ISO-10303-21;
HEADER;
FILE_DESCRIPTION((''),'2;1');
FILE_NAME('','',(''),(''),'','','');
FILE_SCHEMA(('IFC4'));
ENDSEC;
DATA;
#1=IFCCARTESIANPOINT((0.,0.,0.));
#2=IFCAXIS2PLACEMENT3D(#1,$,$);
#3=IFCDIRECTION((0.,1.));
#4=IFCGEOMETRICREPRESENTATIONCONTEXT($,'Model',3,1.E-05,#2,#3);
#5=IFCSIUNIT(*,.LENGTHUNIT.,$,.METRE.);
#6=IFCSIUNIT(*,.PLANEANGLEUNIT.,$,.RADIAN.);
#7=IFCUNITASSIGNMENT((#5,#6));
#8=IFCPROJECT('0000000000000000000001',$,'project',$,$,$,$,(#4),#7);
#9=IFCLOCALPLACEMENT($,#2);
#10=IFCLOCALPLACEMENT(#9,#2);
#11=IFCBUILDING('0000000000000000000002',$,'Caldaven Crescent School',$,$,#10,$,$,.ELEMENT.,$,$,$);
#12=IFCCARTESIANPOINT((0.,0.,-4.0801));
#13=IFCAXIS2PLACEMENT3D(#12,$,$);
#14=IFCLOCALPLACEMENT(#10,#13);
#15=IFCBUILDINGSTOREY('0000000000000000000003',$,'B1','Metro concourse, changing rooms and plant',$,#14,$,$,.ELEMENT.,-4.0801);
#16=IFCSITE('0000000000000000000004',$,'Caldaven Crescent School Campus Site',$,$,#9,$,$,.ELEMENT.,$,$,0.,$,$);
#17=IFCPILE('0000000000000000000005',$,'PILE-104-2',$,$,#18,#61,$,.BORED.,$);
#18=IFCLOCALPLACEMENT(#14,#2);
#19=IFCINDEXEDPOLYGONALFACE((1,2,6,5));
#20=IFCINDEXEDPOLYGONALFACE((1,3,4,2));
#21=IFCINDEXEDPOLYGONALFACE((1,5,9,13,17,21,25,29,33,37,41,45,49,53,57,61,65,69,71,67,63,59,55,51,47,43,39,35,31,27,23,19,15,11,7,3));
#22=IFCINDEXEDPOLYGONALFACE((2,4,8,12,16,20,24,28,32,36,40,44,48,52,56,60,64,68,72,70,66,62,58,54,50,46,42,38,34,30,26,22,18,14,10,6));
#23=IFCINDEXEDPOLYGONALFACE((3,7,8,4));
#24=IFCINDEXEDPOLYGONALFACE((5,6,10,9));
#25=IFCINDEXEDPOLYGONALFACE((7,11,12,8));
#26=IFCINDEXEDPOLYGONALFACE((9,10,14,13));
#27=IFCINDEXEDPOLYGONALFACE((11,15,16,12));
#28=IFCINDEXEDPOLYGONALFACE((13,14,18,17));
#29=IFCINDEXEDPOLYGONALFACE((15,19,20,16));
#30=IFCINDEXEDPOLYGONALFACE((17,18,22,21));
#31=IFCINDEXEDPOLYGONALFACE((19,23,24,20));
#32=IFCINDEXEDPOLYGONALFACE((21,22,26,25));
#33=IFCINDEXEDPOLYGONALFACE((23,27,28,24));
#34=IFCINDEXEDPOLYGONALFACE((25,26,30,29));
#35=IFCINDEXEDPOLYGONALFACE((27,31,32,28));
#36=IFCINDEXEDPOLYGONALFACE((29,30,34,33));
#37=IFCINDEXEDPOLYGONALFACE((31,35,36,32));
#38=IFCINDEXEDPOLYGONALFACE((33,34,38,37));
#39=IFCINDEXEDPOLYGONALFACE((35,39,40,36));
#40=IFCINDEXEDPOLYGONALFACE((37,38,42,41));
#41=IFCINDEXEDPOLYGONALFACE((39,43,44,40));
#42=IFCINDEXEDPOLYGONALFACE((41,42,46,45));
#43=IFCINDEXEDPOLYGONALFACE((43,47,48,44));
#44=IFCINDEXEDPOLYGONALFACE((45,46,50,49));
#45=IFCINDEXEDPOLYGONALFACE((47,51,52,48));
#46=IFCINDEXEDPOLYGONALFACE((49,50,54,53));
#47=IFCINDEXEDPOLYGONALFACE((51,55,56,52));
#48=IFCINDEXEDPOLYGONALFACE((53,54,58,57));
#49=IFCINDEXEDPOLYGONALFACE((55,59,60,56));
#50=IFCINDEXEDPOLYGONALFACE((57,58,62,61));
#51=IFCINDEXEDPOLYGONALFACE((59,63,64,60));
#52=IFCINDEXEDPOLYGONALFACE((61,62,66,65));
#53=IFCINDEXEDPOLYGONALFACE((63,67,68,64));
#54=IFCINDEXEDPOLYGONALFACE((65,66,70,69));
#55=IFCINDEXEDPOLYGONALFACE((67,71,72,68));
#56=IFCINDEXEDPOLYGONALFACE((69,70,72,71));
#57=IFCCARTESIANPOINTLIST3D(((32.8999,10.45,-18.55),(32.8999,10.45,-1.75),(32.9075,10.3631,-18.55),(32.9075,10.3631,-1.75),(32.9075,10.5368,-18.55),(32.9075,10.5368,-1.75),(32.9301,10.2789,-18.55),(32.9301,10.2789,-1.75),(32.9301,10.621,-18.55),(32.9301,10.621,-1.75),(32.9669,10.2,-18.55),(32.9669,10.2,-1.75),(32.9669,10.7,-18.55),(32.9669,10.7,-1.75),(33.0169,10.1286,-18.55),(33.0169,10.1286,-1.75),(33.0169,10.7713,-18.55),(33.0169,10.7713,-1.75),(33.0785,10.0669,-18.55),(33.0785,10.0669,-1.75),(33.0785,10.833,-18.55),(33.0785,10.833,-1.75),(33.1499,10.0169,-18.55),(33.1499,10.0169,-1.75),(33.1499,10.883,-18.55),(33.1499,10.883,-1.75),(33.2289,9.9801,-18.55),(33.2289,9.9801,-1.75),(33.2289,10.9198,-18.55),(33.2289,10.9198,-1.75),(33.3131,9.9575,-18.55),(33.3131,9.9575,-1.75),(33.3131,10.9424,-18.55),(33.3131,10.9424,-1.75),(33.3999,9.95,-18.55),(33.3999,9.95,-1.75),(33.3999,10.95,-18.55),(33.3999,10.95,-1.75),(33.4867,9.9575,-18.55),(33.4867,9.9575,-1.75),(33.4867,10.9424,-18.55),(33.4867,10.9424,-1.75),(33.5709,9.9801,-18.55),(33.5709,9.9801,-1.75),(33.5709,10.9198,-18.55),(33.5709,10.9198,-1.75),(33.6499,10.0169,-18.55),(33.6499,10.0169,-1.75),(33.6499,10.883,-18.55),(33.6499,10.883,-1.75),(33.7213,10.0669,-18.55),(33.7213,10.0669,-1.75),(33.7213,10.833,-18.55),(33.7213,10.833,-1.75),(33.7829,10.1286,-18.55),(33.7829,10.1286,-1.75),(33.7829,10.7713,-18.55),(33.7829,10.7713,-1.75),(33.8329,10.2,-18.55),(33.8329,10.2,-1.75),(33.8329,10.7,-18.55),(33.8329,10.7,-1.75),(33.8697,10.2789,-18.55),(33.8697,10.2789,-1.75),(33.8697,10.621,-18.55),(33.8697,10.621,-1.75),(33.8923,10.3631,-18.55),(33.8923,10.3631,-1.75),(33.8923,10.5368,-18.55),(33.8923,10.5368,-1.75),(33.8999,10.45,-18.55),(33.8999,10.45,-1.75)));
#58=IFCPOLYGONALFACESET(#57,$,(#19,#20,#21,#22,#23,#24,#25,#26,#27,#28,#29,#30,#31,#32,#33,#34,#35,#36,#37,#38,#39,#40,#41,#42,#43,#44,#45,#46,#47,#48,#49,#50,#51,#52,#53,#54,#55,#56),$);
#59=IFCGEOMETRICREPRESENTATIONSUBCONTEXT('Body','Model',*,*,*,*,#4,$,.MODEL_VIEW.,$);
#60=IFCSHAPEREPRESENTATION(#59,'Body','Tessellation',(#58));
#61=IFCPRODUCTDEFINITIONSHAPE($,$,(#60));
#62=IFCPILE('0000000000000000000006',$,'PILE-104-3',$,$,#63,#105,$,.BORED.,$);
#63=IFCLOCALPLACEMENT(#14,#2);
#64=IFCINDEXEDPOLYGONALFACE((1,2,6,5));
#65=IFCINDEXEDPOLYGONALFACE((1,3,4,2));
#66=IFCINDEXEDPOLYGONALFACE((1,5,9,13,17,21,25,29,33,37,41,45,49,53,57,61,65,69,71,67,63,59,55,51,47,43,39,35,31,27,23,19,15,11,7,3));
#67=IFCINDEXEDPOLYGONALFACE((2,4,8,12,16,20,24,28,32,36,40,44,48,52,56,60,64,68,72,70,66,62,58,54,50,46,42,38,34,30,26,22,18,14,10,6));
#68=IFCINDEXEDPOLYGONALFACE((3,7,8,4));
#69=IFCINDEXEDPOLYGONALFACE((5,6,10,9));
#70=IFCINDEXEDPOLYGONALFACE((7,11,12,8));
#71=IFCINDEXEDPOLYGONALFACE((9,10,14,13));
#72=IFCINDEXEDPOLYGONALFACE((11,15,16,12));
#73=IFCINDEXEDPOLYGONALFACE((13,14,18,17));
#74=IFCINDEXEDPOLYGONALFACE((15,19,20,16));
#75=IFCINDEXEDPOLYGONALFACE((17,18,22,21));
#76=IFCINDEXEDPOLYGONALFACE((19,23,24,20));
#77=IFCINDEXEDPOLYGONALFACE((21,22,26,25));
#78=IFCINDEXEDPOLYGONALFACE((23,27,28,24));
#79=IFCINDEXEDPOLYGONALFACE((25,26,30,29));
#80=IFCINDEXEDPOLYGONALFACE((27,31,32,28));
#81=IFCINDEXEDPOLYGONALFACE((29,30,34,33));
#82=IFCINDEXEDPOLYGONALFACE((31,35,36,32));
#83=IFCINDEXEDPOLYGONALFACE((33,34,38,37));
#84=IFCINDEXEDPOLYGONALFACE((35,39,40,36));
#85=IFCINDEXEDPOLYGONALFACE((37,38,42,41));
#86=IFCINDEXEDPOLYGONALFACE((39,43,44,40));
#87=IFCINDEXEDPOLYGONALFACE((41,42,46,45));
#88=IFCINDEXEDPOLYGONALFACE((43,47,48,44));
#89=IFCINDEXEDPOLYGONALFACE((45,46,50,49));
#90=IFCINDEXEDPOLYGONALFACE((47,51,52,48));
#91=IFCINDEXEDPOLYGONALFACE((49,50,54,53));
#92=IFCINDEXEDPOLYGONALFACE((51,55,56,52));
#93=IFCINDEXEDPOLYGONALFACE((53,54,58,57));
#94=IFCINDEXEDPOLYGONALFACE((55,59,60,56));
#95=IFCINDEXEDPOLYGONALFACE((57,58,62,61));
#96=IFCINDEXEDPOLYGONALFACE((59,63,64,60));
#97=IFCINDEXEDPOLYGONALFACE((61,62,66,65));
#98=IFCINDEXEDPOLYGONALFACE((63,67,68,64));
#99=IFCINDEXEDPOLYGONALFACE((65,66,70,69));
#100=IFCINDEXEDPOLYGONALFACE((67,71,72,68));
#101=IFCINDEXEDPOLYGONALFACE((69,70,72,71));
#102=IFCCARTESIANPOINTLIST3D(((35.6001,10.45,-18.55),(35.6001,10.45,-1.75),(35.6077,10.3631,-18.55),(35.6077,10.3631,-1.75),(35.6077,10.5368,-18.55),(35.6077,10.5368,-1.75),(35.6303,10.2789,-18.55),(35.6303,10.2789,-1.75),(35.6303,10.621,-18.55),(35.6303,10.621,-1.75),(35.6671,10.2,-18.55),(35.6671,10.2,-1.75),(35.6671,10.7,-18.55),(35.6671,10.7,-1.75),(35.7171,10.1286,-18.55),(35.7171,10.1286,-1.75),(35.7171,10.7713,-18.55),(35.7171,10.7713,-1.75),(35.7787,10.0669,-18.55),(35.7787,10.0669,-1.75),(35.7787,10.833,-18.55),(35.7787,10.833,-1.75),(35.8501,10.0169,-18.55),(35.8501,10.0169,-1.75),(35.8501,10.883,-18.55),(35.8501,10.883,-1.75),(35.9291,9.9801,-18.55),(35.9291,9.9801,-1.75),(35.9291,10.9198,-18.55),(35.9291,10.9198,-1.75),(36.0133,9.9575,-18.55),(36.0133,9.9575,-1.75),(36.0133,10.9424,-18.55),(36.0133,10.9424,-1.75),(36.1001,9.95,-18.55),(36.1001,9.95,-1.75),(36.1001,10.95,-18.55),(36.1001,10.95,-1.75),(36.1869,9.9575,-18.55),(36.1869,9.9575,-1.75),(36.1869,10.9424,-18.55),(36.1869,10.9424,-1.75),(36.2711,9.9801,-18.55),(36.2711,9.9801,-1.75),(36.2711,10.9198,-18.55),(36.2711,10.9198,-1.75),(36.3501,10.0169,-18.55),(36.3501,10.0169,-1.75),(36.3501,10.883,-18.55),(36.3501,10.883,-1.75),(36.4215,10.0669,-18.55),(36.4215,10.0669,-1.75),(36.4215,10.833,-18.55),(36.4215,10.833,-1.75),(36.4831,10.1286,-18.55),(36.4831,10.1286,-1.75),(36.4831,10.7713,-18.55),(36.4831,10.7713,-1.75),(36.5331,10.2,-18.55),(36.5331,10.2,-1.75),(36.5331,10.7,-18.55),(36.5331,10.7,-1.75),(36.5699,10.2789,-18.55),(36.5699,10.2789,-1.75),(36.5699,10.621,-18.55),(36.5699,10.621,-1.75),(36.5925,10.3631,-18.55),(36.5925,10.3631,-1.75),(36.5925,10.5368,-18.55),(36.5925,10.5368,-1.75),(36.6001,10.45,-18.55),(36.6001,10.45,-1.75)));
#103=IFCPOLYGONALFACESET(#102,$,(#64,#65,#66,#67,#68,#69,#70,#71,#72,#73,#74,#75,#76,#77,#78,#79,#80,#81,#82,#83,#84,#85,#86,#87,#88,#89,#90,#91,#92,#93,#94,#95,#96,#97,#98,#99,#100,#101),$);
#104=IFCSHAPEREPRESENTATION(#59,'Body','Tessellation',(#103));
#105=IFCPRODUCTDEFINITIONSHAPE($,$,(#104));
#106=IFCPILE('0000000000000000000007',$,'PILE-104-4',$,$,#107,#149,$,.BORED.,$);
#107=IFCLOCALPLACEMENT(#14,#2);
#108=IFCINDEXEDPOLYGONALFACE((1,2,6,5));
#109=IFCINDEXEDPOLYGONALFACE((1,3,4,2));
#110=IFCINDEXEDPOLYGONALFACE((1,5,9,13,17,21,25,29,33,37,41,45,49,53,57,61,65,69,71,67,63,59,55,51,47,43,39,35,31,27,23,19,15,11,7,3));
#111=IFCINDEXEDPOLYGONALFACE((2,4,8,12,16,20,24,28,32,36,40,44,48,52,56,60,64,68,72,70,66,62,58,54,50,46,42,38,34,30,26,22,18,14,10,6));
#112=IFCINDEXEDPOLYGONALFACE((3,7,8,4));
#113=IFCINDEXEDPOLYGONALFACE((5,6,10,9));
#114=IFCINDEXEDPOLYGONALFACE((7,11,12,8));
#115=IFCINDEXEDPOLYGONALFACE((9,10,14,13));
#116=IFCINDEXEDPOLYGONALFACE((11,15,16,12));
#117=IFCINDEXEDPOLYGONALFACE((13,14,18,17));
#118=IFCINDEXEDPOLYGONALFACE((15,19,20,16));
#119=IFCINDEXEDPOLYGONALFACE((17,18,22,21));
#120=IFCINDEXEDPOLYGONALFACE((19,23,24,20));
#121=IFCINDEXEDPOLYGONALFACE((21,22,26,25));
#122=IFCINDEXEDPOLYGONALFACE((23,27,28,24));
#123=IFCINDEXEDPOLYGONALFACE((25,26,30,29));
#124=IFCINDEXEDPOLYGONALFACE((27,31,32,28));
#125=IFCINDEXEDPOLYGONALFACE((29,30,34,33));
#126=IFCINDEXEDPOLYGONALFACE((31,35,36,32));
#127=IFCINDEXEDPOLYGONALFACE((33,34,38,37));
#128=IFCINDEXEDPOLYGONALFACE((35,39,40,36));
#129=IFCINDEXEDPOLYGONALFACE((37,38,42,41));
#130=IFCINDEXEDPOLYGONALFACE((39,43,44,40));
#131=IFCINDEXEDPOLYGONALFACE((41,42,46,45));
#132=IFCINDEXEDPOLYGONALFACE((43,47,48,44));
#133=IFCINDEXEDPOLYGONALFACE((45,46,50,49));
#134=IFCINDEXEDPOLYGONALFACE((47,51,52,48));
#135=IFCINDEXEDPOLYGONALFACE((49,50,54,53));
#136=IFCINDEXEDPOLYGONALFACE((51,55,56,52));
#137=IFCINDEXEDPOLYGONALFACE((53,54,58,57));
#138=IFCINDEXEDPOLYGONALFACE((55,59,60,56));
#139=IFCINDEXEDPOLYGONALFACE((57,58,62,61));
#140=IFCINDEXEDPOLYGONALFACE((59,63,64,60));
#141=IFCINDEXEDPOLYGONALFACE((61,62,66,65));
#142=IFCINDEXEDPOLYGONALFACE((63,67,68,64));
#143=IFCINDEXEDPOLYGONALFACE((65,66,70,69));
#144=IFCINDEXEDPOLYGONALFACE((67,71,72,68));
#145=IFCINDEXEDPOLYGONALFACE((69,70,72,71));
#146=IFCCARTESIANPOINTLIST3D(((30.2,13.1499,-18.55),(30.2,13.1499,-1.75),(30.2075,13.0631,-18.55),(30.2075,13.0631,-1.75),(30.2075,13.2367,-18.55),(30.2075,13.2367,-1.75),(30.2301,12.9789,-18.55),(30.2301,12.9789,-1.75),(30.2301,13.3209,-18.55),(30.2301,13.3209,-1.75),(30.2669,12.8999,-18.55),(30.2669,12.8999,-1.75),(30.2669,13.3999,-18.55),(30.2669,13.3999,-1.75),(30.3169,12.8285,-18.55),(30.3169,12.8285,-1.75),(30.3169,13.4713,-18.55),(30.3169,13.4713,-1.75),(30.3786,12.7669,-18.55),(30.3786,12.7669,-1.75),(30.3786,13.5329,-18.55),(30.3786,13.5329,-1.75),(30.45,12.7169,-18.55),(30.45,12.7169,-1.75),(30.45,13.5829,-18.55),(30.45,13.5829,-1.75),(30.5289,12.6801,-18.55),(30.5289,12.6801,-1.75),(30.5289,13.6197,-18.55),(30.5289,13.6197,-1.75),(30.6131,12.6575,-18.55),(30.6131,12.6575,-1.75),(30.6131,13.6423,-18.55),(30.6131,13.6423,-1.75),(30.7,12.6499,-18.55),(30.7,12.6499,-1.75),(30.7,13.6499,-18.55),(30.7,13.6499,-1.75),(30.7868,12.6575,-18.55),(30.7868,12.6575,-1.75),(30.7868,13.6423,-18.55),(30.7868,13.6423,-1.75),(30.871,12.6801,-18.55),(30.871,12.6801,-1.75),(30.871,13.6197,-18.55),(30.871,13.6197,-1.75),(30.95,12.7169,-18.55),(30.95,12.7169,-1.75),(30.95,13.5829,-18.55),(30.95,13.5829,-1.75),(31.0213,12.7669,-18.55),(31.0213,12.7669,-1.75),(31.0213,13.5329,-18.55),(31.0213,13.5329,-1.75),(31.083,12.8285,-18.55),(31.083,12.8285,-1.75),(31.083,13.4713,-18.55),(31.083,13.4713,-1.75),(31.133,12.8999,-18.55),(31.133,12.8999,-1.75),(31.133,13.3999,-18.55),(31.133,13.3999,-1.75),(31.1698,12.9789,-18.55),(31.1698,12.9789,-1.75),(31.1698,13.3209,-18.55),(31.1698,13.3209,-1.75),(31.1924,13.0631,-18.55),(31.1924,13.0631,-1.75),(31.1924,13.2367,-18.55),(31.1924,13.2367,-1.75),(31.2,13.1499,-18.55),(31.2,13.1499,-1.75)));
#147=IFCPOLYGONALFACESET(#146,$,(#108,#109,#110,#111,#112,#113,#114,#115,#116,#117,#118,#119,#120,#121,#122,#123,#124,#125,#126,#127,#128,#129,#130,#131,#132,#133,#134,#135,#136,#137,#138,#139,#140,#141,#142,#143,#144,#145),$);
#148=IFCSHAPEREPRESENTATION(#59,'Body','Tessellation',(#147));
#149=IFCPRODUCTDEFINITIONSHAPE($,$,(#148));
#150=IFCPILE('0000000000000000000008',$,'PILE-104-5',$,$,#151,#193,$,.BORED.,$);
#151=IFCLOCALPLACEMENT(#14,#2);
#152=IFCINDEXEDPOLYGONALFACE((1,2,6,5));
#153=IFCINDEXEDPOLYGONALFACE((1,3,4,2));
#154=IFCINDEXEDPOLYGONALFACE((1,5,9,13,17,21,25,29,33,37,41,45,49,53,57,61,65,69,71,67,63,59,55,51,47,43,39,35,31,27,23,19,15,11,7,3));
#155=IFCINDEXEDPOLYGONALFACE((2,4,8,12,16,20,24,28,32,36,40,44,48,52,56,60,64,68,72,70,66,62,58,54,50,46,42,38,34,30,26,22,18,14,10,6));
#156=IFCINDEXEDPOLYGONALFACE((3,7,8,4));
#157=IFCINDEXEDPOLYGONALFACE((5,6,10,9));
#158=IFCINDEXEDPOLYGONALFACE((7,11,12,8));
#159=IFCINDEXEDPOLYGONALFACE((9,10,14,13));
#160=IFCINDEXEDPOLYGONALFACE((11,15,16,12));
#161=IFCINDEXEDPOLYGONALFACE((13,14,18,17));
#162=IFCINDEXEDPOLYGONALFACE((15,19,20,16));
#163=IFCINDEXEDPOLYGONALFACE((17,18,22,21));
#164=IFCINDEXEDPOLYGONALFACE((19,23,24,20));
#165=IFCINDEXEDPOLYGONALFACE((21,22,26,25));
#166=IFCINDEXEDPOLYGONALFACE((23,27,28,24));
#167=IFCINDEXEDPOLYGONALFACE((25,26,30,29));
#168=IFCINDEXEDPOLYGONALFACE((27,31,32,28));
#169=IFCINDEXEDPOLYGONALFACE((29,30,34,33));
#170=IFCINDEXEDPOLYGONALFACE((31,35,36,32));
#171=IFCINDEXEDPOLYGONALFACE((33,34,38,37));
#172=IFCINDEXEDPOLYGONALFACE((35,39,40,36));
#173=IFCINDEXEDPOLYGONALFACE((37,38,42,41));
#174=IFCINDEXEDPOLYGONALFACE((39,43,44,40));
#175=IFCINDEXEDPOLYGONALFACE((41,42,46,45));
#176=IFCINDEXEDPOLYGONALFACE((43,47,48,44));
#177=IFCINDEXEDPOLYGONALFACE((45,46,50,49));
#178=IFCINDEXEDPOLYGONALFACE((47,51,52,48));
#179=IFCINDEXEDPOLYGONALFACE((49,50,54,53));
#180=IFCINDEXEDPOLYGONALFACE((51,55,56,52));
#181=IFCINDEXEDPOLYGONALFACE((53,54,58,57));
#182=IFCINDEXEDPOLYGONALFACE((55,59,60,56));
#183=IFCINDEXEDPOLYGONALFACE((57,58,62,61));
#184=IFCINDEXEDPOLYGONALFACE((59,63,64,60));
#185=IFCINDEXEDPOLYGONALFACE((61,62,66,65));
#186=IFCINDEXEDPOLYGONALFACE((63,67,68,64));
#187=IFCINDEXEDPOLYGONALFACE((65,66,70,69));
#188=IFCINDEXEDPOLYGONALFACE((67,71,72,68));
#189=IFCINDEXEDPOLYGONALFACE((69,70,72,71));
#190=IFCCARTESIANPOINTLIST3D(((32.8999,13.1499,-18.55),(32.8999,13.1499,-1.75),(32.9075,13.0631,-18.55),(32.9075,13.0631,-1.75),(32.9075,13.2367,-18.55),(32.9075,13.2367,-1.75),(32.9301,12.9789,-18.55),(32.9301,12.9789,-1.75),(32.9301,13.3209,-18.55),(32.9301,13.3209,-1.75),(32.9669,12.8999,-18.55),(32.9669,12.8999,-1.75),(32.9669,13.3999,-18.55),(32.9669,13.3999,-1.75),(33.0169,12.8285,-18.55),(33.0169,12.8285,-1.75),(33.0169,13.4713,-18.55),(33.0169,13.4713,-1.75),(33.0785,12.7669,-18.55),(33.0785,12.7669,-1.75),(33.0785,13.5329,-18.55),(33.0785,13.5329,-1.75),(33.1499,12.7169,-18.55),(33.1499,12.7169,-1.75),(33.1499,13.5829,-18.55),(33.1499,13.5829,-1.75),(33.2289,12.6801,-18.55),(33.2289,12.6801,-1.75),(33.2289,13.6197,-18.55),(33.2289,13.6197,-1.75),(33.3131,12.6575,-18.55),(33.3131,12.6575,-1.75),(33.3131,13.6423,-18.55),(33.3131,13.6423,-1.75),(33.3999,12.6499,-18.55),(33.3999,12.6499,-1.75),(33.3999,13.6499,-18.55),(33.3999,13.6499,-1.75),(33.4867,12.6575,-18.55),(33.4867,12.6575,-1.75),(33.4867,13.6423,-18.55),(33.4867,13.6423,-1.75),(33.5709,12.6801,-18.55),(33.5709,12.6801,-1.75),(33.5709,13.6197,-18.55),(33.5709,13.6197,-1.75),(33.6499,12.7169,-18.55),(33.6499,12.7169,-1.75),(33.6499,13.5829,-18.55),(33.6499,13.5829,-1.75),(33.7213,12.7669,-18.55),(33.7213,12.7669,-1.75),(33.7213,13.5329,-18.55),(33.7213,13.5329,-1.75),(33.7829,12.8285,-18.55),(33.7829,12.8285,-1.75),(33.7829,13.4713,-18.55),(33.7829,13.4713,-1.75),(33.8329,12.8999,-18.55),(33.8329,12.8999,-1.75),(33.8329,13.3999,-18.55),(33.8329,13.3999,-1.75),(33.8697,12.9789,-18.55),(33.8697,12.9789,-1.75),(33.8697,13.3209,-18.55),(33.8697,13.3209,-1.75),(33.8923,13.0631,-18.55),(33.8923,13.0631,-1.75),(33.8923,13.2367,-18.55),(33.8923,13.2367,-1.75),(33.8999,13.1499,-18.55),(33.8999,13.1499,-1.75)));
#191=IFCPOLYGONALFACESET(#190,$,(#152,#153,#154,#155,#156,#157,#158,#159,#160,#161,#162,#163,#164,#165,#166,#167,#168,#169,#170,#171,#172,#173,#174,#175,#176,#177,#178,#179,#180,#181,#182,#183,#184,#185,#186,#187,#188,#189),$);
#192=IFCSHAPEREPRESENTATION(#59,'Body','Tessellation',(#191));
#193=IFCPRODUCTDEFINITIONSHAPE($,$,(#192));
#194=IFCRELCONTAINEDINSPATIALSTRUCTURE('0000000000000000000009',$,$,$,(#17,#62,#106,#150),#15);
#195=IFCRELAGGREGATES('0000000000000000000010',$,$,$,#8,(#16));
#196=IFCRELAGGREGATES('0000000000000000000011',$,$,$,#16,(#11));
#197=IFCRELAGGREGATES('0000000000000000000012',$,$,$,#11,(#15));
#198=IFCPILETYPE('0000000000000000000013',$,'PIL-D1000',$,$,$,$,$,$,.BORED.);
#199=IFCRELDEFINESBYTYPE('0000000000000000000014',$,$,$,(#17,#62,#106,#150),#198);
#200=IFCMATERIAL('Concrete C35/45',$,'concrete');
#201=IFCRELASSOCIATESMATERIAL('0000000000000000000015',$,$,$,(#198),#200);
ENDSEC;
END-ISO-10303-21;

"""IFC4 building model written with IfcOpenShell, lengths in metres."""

from ifc_helpers import new_model, si_unit, direction, frame, origin, origin_2d, place, context, subcontext, project, spatial, circle, extrude, material, material_profile, profile_set, type_object, element, save


model = new_model("IFC4")

# Units and contexts
model_context = context("Model", 3, precision=1e-05, world=origin(), true_north=direction((0.0, 1.0)))
body_context = subcontext(model_context, "Body", "Model", "MODEL_VIEW")
ifc_project = project(units=[si_unit("LENGTHUNIT", "METRE"), si_unit("PLANEANGLEUNIT", "RADIAN")], contexts=[model_context])

# Site, building, storey
site_placement = place(None, origin())
site = spatial("IfcSite", under=ifc_project, at=site_placement, Name="Caldaven Crescent School Campus Site", CompositionType="ELEMENT", RefElevation=0.0)
building_placement = place(site_placement, origin())
building = spatial("IfcBuilding", under=site, at=building_placement, Name="Caldaven Crescent School", CompositionType="ELEMENT")
storey_placement = place(building_placement, frame((0.0, 0.0, -4.0801)))
storey = spatial("IfcBuildingStorey", under=building, at=storey_placement, Name="B1", Description="Metro concourse, changing rooms and plant", CompositionType="ELEMENT", Elevation=-4.0801)

# Shared definitions
ifc_material_1 = material(Name="Concrete C35/45", Category="concrete")

# Piles
ifc_material_profile_1 = material_profile(ifc_material_1, circle(Radius=0.5, at=origin_2d()), Name="PILE D1000")
ifc_profile_set_1 = profile_set([ifc_material_profile_1], Name="Concrete C35/45")
pile_type = type_object("IfcPileType", Name="PIL-D1000", PredefinedType="BORED", material=ifc_profile_set_1)
for number, where, z_axis, x_axis, name in (
    (1, (33.3999, 10.45, -1.75), (0.0, 0.0, -1.0), (1.0, 0.0, 0.0), "PILE-104-2"),
    (2, (36.1001, 10.45, -1.75), (0.0, 0.0, -1.0), (1.0, 0.0, 0.0), "PILE-104-3"),
    (3, (30.7, 13.1499, -1.75), (0.0, 0.0, -1.0), (1.0, 0.0, 0.0), "PILE-104-4"),
    (4, (33.3999, 13.1499, -1.75), (0.0, 0.0, -1.0), (1.0, 0.0, 0.0), "PILE-104-5"),
):
    element("IfcPile", number, at=place(storey_placement, frame(where, z_axis=z_axis, x_axis=x_axis)), inside=storey, type_object=pile_type, Name=name, PredefinedType="BORED", context=body_context, shape_type="SweptSolid", body=[
        extrude(circle(Radius=0.5, at=origin_2d()), origin(), (0.0, 0.0, 1.0), 16.8),
    ])

save(model, "model.ifc")
